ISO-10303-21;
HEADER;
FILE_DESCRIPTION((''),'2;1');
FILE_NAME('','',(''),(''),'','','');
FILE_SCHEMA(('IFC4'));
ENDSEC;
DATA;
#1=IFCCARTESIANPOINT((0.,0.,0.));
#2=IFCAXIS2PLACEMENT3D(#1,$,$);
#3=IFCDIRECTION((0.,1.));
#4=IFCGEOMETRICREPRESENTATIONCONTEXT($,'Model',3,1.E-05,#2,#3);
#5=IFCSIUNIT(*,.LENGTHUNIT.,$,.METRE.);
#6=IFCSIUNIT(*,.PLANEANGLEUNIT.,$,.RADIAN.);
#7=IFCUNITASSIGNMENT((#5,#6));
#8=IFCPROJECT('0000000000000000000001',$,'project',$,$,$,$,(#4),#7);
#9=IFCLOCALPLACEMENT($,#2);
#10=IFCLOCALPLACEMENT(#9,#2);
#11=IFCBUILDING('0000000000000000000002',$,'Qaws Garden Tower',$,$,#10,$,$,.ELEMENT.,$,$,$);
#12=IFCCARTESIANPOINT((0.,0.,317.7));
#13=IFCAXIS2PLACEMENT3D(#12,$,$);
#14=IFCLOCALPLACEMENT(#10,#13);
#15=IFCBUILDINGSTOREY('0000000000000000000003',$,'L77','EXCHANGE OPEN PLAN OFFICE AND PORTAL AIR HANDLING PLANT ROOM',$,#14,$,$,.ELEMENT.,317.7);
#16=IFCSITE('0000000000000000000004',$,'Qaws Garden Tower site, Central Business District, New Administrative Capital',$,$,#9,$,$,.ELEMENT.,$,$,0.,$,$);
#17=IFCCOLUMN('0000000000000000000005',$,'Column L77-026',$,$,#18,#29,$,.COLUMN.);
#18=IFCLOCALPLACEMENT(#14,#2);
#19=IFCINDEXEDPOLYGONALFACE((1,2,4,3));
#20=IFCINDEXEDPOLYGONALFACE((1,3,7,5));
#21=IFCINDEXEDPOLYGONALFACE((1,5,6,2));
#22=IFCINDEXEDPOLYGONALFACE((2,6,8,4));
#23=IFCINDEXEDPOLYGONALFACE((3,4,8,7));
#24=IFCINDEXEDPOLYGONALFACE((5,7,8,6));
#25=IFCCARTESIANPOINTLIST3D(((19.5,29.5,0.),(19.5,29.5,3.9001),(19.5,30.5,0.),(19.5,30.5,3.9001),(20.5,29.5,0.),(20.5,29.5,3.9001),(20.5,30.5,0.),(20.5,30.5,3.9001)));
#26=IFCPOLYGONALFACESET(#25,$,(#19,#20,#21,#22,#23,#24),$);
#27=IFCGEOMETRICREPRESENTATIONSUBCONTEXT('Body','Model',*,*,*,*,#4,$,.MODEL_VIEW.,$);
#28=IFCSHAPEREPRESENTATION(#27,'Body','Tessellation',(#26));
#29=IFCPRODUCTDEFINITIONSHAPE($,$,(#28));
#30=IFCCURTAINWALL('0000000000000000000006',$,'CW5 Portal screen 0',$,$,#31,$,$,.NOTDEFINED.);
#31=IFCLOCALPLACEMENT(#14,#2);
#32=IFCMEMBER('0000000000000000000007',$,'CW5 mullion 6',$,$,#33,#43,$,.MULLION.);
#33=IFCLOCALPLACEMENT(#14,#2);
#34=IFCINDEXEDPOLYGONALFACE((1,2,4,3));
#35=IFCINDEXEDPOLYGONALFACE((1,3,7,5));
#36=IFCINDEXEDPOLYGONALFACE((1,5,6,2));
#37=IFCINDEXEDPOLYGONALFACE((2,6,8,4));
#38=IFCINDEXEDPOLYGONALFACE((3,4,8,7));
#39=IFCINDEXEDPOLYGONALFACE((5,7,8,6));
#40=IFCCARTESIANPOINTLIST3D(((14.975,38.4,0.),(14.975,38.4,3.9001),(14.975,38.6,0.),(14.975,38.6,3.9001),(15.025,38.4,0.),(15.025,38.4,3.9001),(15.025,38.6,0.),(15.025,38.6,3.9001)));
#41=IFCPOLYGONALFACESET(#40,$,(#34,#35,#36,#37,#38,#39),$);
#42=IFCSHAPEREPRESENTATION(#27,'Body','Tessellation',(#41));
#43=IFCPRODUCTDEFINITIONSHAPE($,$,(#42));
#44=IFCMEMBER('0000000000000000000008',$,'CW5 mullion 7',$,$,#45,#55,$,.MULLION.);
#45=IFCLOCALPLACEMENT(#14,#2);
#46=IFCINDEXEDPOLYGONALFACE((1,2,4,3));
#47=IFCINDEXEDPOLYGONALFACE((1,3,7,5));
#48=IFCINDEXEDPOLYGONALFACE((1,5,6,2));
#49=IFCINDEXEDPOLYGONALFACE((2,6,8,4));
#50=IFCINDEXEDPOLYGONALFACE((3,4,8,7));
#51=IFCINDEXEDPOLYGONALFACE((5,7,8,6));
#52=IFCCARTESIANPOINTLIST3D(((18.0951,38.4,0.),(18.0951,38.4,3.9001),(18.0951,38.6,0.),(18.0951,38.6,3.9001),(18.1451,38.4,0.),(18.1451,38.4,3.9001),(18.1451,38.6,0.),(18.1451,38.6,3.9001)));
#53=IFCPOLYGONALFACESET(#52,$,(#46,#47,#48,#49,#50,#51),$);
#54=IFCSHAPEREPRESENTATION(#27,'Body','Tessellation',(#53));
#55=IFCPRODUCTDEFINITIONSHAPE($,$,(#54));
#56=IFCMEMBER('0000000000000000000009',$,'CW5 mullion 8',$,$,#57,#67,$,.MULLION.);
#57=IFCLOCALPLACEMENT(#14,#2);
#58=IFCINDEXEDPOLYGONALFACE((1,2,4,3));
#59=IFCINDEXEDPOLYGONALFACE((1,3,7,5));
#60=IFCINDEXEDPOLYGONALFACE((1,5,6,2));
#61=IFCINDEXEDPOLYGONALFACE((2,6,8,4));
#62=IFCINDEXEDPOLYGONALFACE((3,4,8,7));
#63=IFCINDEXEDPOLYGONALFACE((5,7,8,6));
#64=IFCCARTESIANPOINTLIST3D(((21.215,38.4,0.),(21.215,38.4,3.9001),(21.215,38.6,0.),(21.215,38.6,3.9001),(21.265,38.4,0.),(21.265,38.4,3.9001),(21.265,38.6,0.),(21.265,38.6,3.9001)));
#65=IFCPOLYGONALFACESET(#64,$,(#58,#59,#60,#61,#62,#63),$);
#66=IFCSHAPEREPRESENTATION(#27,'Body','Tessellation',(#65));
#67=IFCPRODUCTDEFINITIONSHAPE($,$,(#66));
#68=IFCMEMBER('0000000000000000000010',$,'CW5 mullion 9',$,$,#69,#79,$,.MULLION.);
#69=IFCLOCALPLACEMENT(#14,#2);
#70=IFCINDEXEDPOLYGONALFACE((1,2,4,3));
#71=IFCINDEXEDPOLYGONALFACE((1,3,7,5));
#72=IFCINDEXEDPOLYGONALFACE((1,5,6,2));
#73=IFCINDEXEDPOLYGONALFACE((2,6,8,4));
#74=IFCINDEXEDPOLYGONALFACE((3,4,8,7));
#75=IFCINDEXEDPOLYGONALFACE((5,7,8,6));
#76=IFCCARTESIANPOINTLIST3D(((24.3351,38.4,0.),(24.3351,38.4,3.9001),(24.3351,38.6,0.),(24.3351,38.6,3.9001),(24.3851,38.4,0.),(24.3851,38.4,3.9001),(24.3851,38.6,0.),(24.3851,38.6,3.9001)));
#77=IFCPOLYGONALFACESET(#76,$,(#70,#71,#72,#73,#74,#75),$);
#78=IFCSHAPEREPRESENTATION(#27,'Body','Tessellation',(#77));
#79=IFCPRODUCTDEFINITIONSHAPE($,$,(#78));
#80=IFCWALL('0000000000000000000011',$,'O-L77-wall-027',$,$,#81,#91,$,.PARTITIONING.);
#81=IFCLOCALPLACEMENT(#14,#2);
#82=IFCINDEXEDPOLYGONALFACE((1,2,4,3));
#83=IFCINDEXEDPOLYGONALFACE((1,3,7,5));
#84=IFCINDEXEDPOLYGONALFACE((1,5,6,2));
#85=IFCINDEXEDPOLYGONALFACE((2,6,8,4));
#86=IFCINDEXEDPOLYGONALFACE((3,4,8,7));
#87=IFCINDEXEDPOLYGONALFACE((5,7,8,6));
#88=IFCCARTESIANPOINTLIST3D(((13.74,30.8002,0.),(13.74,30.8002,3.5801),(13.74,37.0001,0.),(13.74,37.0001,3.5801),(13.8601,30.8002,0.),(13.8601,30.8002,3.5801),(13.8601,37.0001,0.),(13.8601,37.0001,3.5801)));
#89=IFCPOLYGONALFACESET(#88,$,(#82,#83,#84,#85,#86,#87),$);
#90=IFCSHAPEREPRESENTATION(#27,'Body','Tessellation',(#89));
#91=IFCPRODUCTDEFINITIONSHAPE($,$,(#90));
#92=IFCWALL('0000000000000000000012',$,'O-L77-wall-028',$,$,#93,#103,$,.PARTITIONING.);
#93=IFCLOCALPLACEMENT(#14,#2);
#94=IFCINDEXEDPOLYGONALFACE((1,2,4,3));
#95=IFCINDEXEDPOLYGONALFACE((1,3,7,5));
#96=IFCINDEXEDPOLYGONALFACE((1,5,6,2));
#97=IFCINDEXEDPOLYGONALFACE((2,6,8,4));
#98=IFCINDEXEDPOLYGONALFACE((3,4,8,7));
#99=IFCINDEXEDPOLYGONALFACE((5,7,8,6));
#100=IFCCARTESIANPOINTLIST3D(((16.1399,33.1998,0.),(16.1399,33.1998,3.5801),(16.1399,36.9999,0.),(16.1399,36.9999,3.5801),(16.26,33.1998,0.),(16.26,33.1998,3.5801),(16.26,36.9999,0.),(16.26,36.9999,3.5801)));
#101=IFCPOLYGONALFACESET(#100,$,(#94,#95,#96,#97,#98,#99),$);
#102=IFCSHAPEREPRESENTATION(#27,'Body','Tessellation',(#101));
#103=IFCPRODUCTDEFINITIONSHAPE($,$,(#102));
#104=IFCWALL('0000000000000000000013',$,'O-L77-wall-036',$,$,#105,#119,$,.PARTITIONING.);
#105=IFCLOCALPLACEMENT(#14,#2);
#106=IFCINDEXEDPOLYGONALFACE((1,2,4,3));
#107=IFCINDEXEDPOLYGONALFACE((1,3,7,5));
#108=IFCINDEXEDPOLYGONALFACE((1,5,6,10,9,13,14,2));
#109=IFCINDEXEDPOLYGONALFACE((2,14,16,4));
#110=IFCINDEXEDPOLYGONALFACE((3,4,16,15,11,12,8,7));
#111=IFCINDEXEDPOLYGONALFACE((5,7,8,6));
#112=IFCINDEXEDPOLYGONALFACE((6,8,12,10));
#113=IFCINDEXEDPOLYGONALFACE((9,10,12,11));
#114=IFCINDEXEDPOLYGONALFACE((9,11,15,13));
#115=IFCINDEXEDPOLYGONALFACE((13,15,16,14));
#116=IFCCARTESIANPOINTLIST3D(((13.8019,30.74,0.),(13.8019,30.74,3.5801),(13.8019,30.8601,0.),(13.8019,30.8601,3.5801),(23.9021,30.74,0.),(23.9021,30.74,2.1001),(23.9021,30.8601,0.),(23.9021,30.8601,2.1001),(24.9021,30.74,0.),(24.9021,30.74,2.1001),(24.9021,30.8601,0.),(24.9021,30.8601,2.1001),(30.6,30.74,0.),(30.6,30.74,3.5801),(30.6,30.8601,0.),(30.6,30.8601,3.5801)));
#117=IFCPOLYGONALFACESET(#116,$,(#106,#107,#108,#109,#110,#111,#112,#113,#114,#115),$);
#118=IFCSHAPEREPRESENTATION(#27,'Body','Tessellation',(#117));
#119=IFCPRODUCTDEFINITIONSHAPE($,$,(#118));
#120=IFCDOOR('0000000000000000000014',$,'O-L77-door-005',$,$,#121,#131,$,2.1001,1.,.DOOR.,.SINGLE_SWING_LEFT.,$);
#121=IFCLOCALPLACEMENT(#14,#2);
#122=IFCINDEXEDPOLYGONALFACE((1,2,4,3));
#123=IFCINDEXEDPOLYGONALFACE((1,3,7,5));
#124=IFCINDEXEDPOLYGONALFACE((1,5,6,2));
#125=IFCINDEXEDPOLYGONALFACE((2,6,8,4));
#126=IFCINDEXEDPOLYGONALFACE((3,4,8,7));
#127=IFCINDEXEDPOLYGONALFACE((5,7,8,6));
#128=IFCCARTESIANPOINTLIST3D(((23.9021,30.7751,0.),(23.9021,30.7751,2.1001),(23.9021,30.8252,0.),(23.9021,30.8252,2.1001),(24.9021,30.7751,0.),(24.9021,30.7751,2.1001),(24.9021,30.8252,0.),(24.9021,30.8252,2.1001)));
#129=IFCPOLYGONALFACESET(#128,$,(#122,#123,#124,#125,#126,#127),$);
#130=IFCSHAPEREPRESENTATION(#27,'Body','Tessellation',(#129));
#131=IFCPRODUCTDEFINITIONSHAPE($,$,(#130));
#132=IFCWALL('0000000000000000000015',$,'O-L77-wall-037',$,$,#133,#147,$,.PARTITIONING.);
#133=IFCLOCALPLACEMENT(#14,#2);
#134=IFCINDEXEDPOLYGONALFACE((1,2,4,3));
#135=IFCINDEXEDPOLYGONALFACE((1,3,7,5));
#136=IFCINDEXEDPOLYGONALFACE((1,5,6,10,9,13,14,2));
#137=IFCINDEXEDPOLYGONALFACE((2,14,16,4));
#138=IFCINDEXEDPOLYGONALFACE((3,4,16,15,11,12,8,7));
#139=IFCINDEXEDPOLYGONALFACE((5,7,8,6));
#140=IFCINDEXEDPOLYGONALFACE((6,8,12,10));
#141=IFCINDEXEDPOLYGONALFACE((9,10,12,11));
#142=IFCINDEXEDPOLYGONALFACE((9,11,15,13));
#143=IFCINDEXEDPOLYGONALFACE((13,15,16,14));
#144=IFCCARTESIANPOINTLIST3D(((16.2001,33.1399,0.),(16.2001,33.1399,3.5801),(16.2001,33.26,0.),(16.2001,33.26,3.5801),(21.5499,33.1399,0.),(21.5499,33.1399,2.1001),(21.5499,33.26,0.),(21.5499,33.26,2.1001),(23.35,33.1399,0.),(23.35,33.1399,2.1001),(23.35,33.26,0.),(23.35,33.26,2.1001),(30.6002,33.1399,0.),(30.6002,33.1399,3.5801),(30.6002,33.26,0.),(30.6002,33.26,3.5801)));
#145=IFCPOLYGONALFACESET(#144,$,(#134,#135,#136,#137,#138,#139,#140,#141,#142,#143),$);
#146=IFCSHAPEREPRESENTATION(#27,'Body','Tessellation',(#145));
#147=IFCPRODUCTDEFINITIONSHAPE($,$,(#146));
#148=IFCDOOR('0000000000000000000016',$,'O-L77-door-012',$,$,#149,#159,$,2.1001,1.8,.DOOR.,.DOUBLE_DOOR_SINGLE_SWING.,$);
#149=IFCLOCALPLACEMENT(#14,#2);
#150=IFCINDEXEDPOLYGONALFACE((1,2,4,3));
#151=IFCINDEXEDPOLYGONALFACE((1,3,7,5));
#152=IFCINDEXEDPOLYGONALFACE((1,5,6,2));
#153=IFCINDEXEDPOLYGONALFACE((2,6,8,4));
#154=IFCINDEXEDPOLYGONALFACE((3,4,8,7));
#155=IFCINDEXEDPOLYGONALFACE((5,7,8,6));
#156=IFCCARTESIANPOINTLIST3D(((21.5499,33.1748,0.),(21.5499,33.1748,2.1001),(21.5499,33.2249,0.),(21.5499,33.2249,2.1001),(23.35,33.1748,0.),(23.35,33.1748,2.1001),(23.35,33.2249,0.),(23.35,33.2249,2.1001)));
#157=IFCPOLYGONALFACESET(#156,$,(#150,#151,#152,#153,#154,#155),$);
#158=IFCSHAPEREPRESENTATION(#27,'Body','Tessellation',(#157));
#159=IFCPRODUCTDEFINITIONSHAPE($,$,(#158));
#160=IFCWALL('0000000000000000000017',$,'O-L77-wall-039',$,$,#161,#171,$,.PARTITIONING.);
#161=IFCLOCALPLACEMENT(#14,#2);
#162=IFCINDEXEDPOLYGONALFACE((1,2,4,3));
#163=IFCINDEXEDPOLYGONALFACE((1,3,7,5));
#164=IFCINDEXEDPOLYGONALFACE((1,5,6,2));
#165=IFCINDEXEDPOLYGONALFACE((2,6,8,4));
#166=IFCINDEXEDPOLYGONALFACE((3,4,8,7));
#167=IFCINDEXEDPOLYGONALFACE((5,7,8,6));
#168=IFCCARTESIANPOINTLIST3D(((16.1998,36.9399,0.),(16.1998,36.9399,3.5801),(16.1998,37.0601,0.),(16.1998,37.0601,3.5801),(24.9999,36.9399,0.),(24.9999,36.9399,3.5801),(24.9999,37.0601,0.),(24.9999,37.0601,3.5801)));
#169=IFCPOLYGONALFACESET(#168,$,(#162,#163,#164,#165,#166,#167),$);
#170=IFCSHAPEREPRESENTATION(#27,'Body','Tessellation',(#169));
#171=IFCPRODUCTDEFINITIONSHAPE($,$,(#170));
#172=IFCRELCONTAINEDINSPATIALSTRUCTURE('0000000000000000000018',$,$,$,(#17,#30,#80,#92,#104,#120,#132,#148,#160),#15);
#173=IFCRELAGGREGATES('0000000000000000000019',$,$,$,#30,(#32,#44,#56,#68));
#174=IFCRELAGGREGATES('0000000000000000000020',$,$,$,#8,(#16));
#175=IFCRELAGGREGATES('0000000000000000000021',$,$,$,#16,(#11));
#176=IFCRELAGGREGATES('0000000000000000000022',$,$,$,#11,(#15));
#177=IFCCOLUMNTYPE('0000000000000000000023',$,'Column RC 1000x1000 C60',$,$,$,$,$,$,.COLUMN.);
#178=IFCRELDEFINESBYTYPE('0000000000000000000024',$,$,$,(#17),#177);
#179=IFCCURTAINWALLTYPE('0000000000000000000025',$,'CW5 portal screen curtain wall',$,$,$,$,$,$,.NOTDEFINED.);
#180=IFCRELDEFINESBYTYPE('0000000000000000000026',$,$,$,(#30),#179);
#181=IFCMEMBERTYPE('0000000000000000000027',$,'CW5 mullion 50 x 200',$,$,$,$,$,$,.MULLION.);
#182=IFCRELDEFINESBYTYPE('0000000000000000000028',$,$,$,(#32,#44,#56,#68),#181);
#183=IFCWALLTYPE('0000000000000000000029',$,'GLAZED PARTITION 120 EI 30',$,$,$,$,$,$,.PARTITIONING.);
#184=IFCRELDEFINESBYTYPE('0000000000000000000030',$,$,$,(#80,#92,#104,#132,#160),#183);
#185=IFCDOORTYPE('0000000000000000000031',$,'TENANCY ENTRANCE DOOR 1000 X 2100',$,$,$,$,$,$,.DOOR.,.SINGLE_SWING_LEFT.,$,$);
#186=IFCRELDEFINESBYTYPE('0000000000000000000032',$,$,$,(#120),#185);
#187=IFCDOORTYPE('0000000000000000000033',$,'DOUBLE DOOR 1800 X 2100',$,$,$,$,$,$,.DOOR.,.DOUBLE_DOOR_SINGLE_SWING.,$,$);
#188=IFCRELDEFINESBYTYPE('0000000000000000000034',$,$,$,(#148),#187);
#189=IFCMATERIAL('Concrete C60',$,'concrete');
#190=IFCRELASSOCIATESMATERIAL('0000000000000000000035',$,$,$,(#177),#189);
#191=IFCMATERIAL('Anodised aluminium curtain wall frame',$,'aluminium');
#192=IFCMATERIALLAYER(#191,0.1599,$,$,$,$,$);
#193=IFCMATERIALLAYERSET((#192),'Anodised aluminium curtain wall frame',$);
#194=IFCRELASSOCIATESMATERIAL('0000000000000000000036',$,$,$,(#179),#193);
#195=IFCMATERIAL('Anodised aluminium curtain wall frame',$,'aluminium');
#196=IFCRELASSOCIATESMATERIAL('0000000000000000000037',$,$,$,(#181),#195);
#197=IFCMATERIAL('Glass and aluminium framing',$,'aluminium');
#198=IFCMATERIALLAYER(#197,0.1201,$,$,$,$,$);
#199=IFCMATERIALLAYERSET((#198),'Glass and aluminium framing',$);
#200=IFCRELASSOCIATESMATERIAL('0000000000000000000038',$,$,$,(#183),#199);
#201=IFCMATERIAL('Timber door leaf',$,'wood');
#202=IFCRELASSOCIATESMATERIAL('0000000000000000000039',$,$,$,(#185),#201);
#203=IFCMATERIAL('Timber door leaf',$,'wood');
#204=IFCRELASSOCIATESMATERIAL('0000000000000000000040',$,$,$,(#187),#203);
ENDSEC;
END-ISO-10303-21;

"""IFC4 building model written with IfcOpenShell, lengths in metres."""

from ifc_helpers import new_model, si_unit, direction, frame, frame_2d, origin, origin_2d, place, context, subcontext, project, spatial, rectangle, extrude, material, layer, layer_set, material_profile, profile_set, type_object, element, fill, aggregate, save


model = new_model("IFC4")

# Units and contexts
model_context = context("Model", 3, precision=1e-05, world=origin(), true_north=direction((0.0, 1.0)))
body_context = subcontext(model_context, "Body", "Model", "MODEL_VIEW")
ifc_project = project(units=[si_unit("LENGTHUNIT", "METRE"), si_unit("PLANEANGLEUNIT", "RADIAN")], contexts=[model_context])

# Site, building, storey
site_placement = place(None, origin())
site = spatial("IfcSite", under=ifc_project, at=site_placement, Name="Qaws Garden Tower site, Central Business District, New Administrative Capital", CompositionType="ELEMENT", RefElevation=0.0)
building_placement = place(site_placement, origin())
building = spatial("IfcBuilding", under=site, at=building_placement, Name="Qaws Garden Tower", CompositionType="ELEMENT")
storey_placement = place(building_placement, frame((0.0, 0.0, 317.7)))
storey = spatial("IfcBuildingStorey", under=building, at=storey_placement, Name="L77", Description="EXCHANGE OPEN PLAN OFFICE AND PORTAL AIR HANDLING PLANT ROOM", CompositionType="ELEMENT", Elevation=317.7)

# Column
ifc_material_1 = material(Name="Concrete C60", Category="concrete")
ifc_material_profile_1 = material_profile(ifc_material_1, rectangle(XDim=1.0, YDim=1.0, at=origin_2d()), Name="RC 1000x1000")
ifc_profile_set_1 = profile_set([ifc_material_profile_1], Name="Concrete C60")
column_type = type_object("IfcColumnType", Name="Column RC 1000x1000 C60", PredefinedType="COLUMN", material=ifc_profile_set_1)
column_placement = place(storey_placement, frame((20.0, 30.0, 0.0), z_axis=(0.0, 0.0, 1.0), x_axis=(1.0, 0.0, 0.0)))
element("IfcColumn", 1, at=column_placement, inside=storey, type_object=column_type, Name="Column L77-026", PredefinedType="COLUMN", context=body_context, shape_type="SweptSolid", body=[
    extrude(rectangle(XDim=1.0, YDim=1.0, at=origin_2d()), origin(), (0.0, 0.0, 1.0), 3.9001),
])

# Curtain wall, members
ifc_material_2 = material(Name="Anodised aluminium curtain wall frame", Category="aluminium")
ifc_layer_1 = layer(ifc_material_2, 0.1599)
ifc_layer_set_1 = layer_set([ifc_layer_1], Name="Anodised aluminium curtain wall frame")
curtain_wall_type = type_object("IfcCurtainWallType", Name="CW5 portal screen curtain wall", PredefinedType="NOTDEFINED", material=ifc_layer_set_1)
curtain_wall_placement = place(storey_placement, origin())
curtain_wall = element("IfcCurtainWall", 2, at=curtain_wall_placement, inside=storey, type_object=curtain_wall_type, Name="CW5 Portal screen 0", PredefinedType="NOTDEFINED")
ifc_material_3 = material(Name="Anodised aluminium curtain wall frame", Category="aluminium")
ifc_material_profile_2 = material_profile(ifc_material_3, rectangle(XDim=0.2, YDim=0.05, at=origin_2d()), Name="AL 50x200")
ifc_profile_set_2 = profile_set([ifc_material_profile_2], Name="Anodised aluminium curtain wall frame")
member_type = type_object("IfcMemberType", Name="CW5 mullion 50 x 200", PredefinedType="MULLION", material=ifc_profile_set_2)
member_1_placement = place(storey_placement, frame((15.0, 38.5, 0.0), z_axis=(0.0, 0.0, 1.0), x_axis=(0.0, 1.0, 0.0)))
member_1 = element("IfcMember", 3, at=member_1_placement, type_object=member_type, Name="CW5 mullion 6", PredefinedType="MULLION", context=body_context, shape_type="SweptSolid", body=[
    extrude(rectangle(XDim=0.2, YDim=0.05, at=origin_2d()), origin(), (0.0, 0.0, 1.0), 3.9001),
])
member_2_placement = place(storey_placement, frame((18.1201, 38.5, 0.0), z_axis=(0.0, 0.0, 1.0), x_axis=(0.0, 1.0, 0.0)))
member_2 = element("IfcMember", 4, at=member_2_placement, type_object=member_type, Name="CW5 mullion 7", PredefinedType="MULLION", context=body_context, shape_type="SweptSolid", body=[
    extrude(rectangle(XDim=0.2, YDim=0.05, at=origin_2d()), origin(), (0.0, 0.0, 1.0), 3.9001),
])
member_3_placement = place(storey_placement, frame((21.24, 38.5, 0.0), z_axis=(0.0, 0.0, 1.0), x_axis=(0.0, 1.0, 0.0)))
member_3 = element("IfcMember", 5, at=member_3_placement, type_object=member_type, Name="CW5 mullion 8", PredefinedType="MULLION", context=body_context, shape_type="SweptSolid", body=[
    extrude(rectangle(XDim=0.2, YDim=0.05, at=origin_2d()), origin(), (0.0, 0.0, 1.0), 3.9001),
])
member_4_placement = place(storey_placement, frame((24.3601, 38.5, 0.0), z_axis=(0.0, 0.0, 1.0), x_axis=(0.0, 1.0, 0.0)))
member_4 = element("IfcMember", 6, at=member_4_placement, type_object=member_type, Name="CW5 mullion 9", PredefinedType="MULLION", context=body_context, shape_type="SweptSolid", body=[
    extrude(rectangle(XDim=0.2, YDim=0.05, at=origin_2d()), origin(), (0.0, 0.0, 1.0), 3.9001),
])
aggregate(curtain_wall, [member_1, member_2, member_3, member_4])

# Walls
ifc_material_4 = material(Name="Glass and aluminium framing", Category="aluminium")
ifc_layer_2 = layer(ifc_material_4, 0.1201)
ifc_layer_set_2 = layer_set([ifc_layer_2], Name="Glass and aluminium framing")
wall_type_1 = type_object("IfcWallType", Name="GLAZED PARTITION 120 EI 30", PredefinedType="PARTITIONING", material=ifc_layer_set_2)
wall_1_placement = place(storey_placement, frame((13.8, 30.8, 0.0), z_axis=(0.0, 0.0, 1.0), x_axis=(0.0, 1.0, 0.0)))
element("IfcWall", 7, at=wall_1_placement, inside=storey, type_object=wall_type_1, Name="O-L77-wall-027", PredefinedType="PARTITIONING", context=body_context, shape_type="SweptSolid", body=[
    extrude(rectangle(XDim=6.2, YDim=0.1201, at=frame_2d((3.1001, 0.0))), origin(), (0.0, 0.0, 1.0), 3.5801),
])
wall_2_placement = place(storey_placement, frame((16.2, 33.2, 0.0), z_axis=(0.0, 0.0, 1.0), x_axis=(0.0, 1.0, 0.0)))
element("IfcWall", 8, at=wall_2_placement, inside=storey, type_object=wall_type_1, Name="O-L77-wall-028", PredefinedType="PARTITIONING", context=body_context, shape_type="SweptSolid", body=[
    extrude(rectangle(XDim=3.8, YDim=0.1201, at=frame_2d((1.8999, 0.0))), origin(), (0.0, 0.0, 1.0), 3.5801),
])

# Walls, openings, doors
wall_3_placement = place(storey_placement, frame((13.802, 30.8, 0.0), z_axis=(0.0, 0.0, 1.0), x_axis=(1.0, 0.0, 0.0)))
wall_3 = element("IfcWall", 9, at=wall_3_placement, inside=storey, type_object=wall_type_1, Name="O-L77-wall-036", PredefinedType="PARTITIONING", context=body_context, shape_type="SweptSolid", body=[
    extrude(rectangle(XDim=16.7981, YDim=0.1201, at=frame_2d((8.3989, 0.0))), origin(), (0.0, 0.0, 1.0), 3.5801),
])
opening_1_placement = place(wall_3_placement, frame((10.1001, 0.0, 0.0)))
opening_1 = element("IfcOpeningElement", 10, at=opening_1_placement, cuts=wall_3, PredefinedType="OPENING", context=body_context, shape_type="SweptSolid", body=[
    extrude(rectangle(XDim=1.0, YDim=2.1001, at=frame_2d((0.5, 1.05))), frame((0.0, 0.0701, 0.0), z_axis=(0.0, -1.0, 0.0), x_axis=(1.0, 0.0, 0.0)), (0.0, 0.0, 1.0), 0.1401),
])
ifc_material_5 = material(Name="Timber door leaf", Category="wood")
door_type_1 = type_object("IfcDoorType", Name="TENANCY ENTRANCE DOOR 1000 X 2100", OperationType="SINGLE_SWING_LEFT", PredefinedType="DOOR", material=ifc_material_5)
door_1_placement = place(opening_1_placement, frame((1.0, 0.0, 0.0), z_axis=(0.0, 0.0, 1.0), x_axis=(-1.0, 0.0, 0.0)))
door_1 = element("IfcDoor", 11, at=door_1_placement, inside=storey, type_object=door_type_1, Name="O-L77-door-005", OperationType="SINGLE_SWING_LEFT", OverallHeight=2.1001, OverallWidth=1.0, PredefinedType="DOOR", context=body_context, shape_type="SweptSolid", body=[
    extrude(rectangle(XDim=1.0, YDim=2.1001, at=frame_2d((0.5, 1.05))), frame((0.0, 0.0249, 0.0), z_axis=(0.0, -1.0, 0.0), x_axis=(1.0, 0.0, 0.0)), (0.0, 0.0, 1.0), 0.05),
])
fill(opening_1, door_1)
wall_4_placement = place(storey_placement, frame((16.2, 33.2, 0.0), z_axis=(0.0, 0.0, 1.0), x_axis=(1.0, 0.0, 0.0)))
wall_4 = element("IfcWall", 12, at=wall_4_placement, inside=storey, type_object=wall_type_1, Name="O-L77-wall-037", PredefinedType="PARTITIONING", context=body_context, shape_type="SweptSolid", body=[
    extrude(rectangle(XDim=14.4001, YDim=0.1201, at=frame_2d((7.2002, 0.0))), origin(), (0.0, 0.0, 1.0), 3.5801),
])
opening_2_placement = place(wall_4_placement, frame((5.3501, 0.0, 0.0)))
opening_2 = element("IfcOpeningElement", 13, at=opening_2_placement, cuts=wall_4, PredefinedType="OPENING", context=body_context, shape_type="SweptSolid", body=[
    extrude(rectangle(XDim=1.8, YDim=2.1001, at=frame_2d((0.8999, 1.05))), frame((0.0, 0.0701, 0.0), z_axis=(0.0, -1.0, 0.0), x_axis=(1.0, 0.0, 0.0)), (0.0, 0.0, 1.0), 0.1401),
])
ifc_material_6 = material(Name="Timber door leaf", Category="wood")
door_type_2 = type_object("IfcDoorType", Name="DOUBLE DOOR 1800 X 2100", OperationType="DOUBLE_DOOR_SINGLE_SWING", PredefinedType="DOOR", material=ifc_material_6)
door_2_placement = place(opening_2_placement, origin())
door_2 = element("IfcDoor", 14, at=door_2_placement, inside=storey, type_object=door_type_2, Name="O-L77-door-012", OperationType="DOUBLE_DOOR_SINGLE_SWING", OverallHeight=2.1001, OverallWidth=1.8, PredefinedType="DOOR", context=body_context, shape_type="SweptSolid", body=[
    extrude(rectangle(XDim=1.8, YDim=2.1001, at=frame_2d((0.8999, 1.05))), frame((0.0, 0.0249, 0.0), z_axis=(0.0, -1.0, 0.0), x_axis=(1.0, 0.0, 0.0)), (0.0, 0.0, 1.0), 0.05),
])
fill(opening_2, door_2)

# Wall
wall_5_placement = place(storey_placement, frame((16.2, 37.0, 0.0), z_axis=(0.0, 0.0, 1.0), x_axis=(1.0, 0.0, 0.0)))
element("IfcWall", 15, at=wall_5_placement, inside=storey, type_object=wall_type_1, Name="O-L77-wall-039", PredefinedType="PARTITIONING", context=body_context, shape_type="SweptSolid", body=[
    extrude(rectangle(XDim=8.8, YDim=0.1201, at=frame_2d((4.3999, 0.0))), origin(), (0.0, 0.0, 1.0), 3.5801),
])

save(model, "model.ifc")
